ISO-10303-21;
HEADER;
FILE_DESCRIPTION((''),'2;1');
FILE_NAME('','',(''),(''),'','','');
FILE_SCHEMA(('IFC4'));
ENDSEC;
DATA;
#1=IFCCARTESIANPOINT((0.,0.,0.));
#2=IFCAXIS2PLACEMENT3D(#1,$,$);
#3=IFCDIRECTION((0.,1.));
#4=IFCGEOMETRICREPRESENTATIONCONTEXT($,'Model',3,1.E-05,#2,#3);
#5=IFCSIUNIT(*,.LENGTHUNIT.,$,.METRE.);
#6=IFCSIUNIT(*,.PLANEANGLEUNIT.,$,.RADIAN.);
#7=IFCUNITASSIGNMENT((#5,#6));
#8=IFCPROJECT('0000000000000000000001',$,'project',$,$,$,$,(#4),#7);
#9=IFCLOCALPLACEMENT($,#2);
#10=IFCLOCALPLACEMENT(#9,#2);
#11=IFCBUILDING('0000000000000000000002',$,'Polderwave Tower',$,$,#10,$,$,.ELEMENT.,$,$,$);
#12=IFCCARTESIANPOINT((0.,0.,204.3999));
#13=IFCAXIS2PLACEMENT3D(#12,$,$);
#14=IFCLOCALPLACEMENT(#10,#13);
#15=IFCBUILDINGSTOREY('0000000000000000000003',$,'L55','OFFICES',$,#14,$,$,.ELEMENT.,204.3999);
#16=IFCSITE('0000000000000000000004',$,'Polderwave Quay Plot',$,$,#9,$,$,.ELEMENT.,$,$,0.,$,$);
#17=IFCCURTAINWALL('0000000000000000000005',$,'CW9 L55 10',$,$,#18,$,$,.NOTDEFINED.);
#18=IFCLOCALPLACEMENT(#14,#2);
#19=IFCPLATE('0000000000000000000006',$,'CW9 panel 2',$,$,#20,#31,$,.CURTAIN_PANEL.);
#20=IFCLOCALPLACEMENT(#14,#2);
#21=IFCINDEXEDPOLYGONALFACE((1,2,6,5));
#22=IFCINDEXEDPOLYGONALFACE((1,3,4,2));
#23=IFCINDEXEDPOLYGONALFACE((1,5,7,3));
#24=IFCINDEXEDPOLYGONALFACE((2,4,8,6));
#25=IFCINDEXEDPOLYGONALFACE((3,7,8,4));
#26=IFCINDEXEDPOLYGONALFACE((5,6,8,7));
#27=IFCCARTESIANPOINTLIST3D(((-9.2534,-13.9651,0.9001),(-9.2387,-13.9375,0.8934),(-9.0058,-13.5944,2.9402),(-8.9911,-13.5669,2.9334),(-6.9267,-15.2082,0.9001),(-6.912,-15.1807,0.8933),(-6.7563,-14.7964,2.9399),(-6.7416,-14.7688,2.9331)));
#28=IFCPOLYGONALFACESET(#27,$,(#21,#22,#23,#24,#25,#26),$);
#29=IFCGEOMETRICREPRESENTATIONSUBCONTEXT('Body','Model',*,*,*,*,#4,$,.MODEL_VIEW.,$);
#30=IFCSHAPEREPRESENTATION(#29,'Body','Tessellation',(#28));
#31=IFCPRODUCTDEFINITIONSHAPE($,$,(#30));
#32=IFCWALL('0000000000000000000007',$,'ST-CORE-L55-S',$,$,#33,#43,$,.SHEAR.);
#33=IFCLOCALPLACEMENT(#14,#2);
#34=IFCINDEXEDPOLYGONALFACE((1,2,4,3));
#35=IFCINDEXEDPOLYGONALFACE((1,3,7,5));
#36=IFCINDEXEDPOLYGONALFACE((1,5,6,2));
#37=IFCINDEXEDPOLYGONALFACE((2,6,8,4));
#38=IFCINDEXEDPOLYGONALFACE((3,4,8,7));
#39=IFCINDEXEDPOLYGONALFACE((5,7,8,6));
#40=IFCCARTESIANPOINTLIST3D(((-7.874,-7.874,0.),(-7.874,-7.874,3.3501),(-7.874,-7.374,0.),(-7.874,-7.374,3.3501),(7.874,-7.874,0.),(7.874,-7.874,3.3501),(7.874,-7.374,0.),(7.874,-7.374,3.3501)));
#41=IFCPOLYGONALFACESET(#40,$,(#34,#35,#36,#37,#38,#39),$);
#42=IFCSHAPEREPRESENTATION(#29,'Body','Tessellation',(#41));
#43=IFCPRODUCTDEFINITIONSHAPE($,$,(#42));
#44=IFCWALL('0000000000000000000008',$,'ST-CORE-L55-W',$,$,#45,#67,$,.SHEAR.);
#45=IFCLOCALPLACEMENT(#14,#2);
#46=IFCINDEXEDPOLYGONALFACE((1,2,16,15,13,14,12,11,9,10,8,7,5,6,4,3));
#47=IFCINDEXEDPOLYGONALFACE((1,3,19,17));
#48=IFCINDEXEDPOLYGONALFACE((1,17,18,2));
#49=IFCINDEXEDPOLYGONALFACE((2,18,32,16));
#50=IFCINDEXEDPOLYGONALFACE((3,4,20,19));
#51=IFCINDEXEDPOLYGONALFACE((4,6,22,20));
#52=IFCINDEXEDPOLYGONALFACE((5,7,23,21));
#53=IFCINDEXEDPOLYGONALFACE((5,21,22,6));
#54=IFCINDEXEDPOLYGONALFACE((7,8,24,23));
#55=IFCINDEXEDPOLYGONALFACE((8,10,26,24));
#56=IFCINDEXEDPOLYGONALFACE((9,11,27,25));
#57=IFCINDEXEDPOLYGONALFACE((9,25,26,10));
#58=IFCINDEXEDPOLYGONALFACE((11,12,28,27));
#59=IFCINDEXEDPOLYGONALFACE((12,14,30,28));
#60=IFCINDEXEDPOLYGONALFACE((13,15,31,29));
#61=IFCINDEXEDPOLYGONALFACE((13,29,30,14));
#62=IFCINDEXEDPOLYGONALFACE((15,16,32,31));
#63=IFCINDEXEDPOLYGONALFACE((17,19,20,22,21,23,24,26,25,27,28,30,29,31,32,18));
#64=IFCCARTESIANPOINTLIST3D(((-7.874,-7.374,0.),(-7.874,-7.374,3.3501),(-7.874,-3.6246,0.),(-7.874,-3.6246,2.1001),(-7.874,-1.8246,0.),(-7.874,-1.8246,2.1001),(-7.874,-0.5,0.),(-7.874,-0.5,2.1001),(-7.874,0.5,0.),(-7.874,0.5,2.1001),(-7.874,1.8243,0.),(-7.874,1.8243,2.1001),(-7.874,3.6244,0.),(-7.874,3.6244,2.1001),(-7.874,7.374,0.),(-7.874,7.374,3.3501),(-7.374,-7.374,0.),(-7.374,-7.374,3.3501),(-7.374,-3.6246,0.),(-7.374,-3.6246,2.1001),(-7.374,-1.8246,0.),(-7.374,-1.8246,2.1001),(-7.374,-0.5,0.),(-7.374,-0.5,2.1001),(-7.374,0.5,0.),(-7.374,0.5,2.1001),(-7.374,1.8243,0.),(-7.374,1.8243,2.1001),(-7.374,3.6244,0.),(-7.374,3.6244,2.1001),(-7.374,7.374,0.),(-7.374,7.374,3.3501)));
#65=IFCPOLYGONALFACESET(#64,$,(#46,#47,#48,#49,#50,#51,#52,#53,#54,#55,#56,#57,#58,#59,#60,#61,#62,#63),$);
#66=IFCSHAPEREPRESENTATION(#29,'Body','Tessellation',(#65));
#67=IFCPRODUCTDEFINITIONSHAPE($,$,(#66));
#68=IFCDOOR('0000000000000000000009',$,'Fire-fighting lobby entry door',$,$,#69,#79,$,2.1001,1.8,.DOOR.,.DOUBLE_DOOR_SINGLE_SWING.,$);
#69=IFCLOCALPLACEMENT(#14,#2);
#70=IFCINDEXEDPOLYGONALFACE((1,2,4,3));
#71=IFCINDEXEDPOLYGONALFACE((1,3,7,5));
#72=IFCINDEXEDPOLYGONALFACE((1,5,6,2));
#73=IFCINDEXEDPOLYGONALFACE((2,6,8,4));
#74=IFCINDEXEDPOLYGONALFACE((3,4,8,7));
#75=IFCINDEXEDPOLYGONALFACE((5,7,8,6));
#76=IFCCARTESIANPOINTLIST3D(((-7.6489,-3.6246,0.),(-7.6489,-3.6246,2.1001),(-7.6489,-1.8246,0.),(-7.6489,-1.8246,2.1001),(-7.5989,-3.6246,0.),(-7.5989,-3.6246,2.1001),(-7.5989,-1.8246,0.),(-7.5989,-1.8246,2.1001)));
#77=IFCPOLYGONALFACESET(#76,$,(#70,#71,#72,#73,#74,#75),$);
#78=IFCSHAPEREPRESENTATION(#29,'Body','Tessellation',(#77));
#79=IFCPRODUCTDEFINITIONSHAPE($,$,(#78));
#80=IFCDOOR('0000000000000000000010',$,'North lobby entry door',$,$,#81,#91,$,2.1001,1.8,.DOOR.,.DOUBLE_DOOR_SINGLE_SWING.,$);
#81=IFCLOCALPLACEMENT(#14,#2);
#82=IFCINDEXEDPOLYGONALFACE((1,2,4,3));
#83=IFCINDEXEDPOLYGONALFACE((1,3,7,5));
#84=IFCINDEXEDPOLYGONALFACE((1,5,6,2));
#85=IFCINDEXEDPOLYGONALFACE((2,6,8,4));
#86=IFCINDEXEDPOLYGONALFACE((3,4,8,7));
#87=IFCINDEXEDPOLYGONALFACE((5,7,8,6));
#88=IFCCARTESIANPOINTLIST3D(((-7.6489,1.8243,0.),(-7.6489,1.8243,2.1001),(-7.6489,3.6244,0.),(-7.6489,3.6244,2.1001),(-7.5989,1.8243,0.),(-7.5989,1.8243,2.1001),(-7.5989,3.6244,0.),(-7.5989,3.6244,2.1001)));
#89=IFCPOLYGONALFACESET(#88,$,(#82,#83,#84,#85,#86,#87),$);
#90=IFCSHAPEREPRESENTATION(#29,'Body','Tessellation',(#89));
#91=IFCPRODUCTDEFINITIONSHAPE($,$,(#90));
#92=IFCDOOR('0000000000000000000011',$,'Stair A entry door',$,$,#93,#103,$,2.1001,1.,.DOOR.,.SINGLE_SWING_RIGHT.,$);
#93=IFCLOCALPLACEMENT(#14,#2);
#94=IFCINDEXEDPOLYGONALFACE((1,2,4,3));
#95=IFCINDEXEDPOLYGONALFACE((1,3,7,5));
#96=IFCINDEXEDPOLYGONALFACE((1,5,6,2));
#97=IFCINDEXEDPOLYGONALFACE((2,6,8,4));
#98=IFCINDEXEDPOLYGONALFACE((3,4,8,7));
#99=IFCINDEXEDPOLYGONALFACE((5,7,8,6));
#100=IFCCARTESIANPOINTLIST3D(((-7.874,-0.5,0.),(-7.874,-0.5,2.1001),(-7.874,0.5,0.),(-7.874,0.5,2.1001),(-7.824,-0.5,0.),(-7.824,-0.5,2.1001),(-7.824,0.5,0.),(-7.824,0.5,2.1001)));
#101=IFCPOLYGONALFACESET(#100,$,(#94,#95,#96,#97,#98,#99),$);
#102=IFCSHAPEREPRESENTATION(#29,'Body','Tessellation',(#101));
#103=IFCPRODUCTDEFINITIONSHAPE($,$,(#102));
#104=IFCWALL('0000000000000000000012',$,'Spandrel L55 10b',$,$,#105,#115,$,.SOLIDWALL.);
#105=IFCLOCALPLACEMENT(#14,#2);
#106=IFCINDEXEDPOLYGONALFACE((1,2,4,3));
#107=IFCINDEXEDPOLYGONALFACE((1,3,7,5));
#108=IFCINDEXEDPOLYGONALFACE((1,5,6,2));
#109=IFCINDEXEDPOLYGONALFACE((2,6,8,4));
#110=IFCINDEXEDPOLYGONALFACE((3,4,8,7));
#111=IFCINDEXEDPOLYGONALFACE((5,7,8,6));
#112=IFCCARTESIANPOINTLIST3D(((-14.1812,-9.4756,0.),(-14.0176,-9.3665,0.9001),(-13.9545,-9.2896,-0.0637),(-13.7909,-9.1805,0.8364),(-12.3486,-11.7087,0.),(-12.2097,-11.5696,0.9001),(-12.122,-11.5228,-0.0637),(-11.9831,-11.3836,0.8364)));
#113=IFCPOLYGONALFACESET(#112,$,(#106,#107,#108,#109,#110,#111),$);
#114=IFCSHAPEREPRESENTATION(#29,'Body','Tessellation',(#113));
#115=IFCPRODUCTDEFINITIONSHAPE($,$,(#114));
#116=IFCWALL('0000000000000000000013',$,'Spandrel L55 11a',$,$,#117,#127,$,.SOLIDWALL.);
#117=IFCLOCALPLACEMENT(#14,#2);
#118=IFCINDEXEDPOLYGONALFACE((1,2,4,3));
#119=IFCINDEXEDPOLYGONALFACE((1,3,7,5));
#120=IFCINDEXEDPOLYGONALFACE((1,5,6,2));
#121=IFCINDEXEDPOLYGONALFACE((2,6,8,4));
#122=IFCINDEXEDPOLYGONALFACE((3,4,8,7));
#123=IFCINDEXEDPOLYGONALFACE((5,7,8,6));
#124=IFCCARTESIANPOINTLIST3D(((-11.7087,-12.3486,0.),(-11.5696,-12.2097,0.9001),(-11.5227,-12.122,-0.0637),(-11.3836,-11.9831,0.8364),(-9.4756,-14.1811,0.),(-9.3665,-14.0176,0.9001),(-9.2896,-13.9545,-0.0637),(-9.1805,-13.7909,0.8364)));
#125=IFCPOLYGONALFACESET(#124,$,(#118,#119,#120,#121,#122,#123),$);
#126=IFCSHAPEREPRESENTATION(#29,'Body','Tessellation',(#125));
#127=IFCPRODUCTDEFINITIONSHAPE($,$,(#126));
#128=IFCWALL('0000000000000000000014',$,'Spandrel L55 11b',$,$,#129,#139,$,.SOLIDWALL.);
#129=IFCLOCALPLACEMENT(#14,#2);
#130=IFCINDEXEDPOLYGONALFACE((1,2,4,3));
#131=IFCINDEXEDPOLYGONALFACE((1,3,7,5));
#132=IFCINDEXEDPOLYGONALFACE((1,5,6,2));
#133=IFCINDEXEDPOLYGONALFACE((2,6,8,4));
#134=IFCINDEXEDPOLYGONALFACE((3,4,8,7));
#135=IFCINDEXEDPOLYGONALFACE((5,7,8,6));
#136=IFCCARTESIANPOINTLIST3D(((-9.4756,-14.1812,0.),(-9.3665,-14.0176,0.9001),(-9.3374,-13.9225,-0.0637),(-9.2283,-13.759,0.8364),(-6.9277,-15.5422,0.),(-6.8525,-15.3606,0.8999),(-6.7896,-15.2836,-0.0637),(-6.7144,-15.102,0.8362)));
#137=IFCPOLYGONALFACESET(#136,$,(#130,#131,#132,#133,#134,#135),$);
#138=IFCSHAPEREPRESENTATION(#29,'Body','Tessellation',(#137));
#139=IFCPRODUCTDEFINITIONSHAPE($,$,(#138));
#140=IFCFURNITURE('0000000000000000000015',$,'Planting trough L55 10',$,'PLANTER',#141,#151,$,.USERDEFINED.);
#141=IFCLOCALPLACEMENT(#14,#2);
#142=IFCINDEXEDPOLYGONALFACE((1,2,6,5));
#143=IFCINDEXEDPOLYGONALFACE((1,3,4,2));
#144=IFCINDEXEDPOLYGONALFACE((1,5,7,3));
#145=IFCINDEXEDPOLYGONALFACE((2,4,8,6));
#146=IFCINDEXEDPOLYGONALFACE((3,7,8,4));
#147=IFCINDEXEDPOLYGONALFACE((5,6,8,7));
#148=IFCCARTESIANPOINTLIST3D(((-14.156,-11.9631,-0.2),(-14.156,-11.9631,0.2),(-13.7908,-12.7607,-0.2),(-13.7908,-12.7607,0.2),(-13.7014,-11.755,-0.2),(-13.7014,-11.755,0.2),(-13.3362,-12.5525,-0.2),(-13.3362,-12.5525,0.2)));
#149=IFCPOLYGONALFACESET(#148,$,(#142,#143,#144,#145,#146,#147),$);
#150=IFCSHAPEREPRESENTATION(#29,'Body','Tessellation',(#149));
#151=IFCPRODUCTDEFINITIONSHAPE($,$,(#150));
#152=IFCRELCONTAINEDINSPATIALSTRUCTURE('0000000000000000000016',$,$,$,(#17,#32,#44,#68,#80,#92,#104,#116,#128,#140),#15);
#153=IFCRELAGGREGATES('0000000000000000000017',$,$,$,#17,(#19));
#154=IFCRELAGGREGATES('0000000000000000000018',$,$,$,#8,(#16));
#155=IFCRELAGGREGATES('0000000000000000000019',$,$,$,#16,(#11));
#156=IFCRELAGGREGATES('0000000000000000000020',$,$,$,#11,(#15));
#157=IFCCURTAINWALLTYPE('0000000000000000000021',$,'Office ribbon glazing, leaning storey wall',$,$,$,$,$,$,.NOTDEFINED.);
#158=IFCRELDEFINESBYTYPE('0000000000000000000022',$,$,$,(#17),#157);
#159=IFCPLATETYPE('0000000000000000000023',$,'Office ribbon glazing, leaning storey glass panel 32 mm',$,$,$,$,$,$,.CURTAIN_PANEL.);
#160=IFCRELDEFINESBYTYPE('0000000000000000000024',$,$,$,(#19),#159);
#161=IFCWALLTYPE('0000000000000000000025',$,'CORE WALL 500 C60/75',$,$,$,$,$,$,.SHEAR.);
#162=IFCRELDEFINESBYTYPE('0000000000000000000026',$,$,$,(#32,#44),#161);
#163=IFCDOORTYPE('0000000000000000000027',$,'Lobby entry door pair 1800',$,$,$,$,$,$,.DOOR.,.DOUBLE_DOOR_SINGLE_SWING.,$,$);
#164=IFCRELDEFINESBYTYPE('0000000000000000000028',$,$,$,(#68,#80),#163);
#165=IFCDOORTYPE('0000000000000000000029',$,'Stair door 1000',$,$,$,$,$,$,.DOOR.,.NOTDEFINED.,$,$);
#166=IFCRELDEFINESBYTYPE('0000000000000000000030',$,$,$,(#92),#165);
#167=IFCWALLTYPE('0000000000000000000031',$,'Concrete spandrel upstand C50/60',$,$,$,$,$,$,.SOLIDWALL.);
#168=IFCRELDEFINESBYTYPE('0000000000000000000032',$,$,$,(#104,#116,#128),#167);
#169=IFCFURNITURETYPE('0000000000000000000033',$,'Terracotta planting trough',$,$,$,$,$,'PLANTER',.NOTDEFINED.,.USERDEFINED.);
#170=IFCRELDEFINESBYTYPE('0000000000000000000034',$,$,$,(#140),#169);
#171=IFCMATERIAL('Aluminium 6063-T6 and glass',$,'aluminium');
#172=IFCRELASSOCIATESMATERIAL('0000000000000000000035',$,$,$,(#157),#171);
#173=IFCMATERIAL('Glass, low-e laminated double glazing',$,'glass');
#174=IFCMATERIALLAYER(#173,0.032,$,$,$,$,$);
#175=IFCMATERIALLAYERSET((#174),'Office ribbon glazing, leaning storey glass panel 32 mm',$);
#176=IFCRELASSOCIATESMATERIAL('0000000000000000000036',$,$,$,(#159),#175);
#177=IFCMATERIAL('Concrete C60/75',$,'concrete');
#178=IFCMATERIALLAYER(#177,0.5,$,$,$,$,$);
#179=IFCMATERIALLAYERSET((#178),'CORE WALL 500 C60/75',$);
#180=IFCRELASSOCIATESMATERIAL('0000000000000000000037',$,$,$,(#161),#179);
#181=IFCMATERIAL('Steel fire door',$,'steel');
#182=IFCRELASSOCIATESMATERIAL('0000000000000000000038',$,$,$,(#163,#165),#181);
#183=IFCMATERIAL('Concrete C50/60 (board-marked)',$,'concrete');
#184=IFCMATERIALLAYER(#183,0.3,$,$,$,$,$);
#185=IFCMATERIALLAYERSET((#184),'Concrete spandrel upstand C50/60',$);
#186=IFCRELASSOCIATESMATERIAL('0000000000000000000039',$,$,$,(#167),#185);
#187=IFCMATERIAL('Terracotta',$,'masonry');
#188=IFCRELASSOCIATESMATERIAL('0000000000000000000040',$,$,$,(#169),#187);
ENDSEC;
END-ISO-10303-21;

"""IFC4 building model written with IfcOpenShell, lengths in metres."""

from ifc_helpers import new_model, si_unit, direction, frame, frame_2d, origin, origin_2d, place, context, subcontext, project, spatial, polyline, rectangle, outline, extrude, material, layer, layer_set, type_object, element, fill, aggregate, save


model = new_model("IFC4")

# Units and contexts
model_context = context("Model", 3, precision=1e-05, world=origin(), true_north=direction((0.0, 1.0)))
body_context = subcontext(model_context, "Body", "Model", "MODEL_VIEW")
ifc_project = project(units=[si_unit("LENGTHUNIT", "METRE"), si_unit("PLANEANGLEUNIT", "RADIAN")], contexts=[model_context])

# Site, building, storey
site_placement = place(None, origin())
site = spatial("IfcSite", under=ifc_project, at=site_placement, Name="Polderwave Quay Plot", CompositionType="ELEMENT", RefElevation=0.0)
building_placement = place(site_placement, origin())
building = spatial("IfcBuilding", under=site, at=building_placement, Name="Polderwave Tower", CompositionType="ELEMENT")
storey_placement = place(building_placement, frame((0.0, 0.0, 204.3999)))
storey = spatial("IfcBuildingStorey", under=building, at=storey_placement, Name="L55", Description="OFFICES", CompositionType="ELEMENT", Elevation=204.3999)

# Shared definitions
ifc_material_1 = material(Name="Concrete C60/75", Category="concrete")

# Curtain wall
ifc_material_2 = material(Name="Aluminium 6063-T6 and glass", Category="aluminium")
curtain_wall_type = type_object("IfcCurtainWallType", Name="Office ribbon glazing, leaning storey wall", PredefinedType="NOTDEFINED", material=ifc_material_2)
curtain_wall_1_placement = place(storey_placement, origin())
curtain_wall_1 = element("IfcCurtainWall", 1, at=curtain_wall_1_placement, inside=storey, type_object=curtain_wall_type, Name="CW9 L55 10", PredefinedType="NOTDEFINED")

# Plate
ifc_material_3 = material(Name="Glass, low-e laminated double glazing", Category="glass")
ifc_layer_1 = layer(ifc_material_3, 0.032)
ifc_layer_set_1 = layer_set([ifc_layer_1], Name="Office ribbon glazing, leaning storey glass panel 32 mm")
plate_type = type_object("IfcPlateType", Name="Office ribbon glazing, leaning storey glass panel 32 mm", PredefinedType="CURTAIN_PANEL", material=ifc_layer_set_1)
plate_1_placement = place(storey_placement, frame((-9.2534, -13.9651, 0.9001), z_axis=(-0.460486, -0.861863, 0.212472), x_axis=(0.882002, -0.471246, -0.000003)))
plate_1 = element("IfcPlate", 2, at=plate_1_placement, type_object=plate_type, Name="CW9 panel 2", PredefinedType="CURTAIN_PANEL", context=body_context, shape_type="SweptSolid", body=[
    extrude(outline(polyline([(0.0, 0.0), (2.638, 0.0), (2.5942, 2.0875), (0.0437, 2.0877), (0.0, 0.0)])), origin(), (0.0, 0.0, -1.0), 0.032),
])
aggregate(curtain_wall_1, [plate_1])

# Wall
ifc_layer_2 = layer(ifc_material_1, 0.5)
ifc_layer_set_2 = layer_set([ifc_layer_2], Name="CORE WALL 500 C60/75")
wall_type_1 = type_object("IfcWallType", Name="CORE WALL 500 C60/75", PredefinedType="SHEAR", material=ifc_layer_set_2)
wall_1_placement = place(storey_placement, frame((-7.874, -7.624, 0.0), z_axis=(0.0, 0.0, 1.0), x_axis=(1.0, 0.0, 0.0)))
element("IfcWall", 3, at=wall_1_placement, inside=storey, type_object=wall_type_1, Name="ST-CORE-L55-S", PredefinedType="SHEAR", context=body_context, shape_type="SweptSolid", body=[
    extrude(rectangle(XDim=15.748, YDim=0.5, at=frame_2d((7.874, 0.0))), origin(), (0.0, 0.0, 1.0), 3.3501),
])

# Wall, openings, doors
wall_2_placement = place(storey_placement, frame((-7.624, -7.374, 0.0), z_axis=(0.0, 0.0, 1.0), x_axis=(0.0, 1.0, 0.0)))
wall_2 = element("IfcWall", 4, at=wall_2_placement, inside=storey, type_object=wall_type_1, Name="ST-CORE-L55-W", PredefinedType="SHEAR", context=body_context, shape_type="SweptSolid", body=[
    extrude(rectangle(XDim=14.748, YDim=0.5, at=frame_2d((7.374, 0.0))), origin(), (0.0, 0.0, 1.0), 3.3501),
])
opening_1_placement = place(wall_2_placement, frame((6.874, 0.0, 0.0)))
opening_1 = element("IfcOpeningElement", 5, at=opening_1_placement, cuts=wall_2, PredefinedType="OPENING", context=body_context, shape_type="SweptSolid", body=[
    extrude(rectangle(XDim=1.0, YDim=2.1001, at=frame_2d((0.5, 1.05))), frame((0.0, 0.26, 0.0), z_axis=(0.0, -1.0, 0.0), x_axis=(1.0, 0.0, 0.0)), (0.0, 0.0, 1.0), 0.52),
])
opening_2_placement = place(wall_2_placement, frame((3.7495, 0.0, 0.0)))
opening_2 = element("IfcOpeningElement", 6, at=opening_2_placement, cuts=wall_2, PredefinedType="OPENING", context=body_context, shape_type="SweptSolid", body=[
    extrude(rectangle(XDim=1.8, YDim=2.1001, at=frame_2d((0.8999, 1.05))), frame((0.0, 0.26, 0.0), z_axis=(0.0, -1.0, 0.0), x_axis=(1.0, 0.0, 0.0)), (0.0, 0.0, 1.0), 0.52),
])
opening_3_placement = place(wall_2_placement, frame((9.1985, 0.0, 0.0)))
opening_3 = element("IfcOpeningElement", 7, at=opening_3_placement, cuts=wall_2, PredefinedType="OPENING", context=body_context, shape_type="SweptSolid", body=[
    extrude(rectangle(XDim=1.8, YDim=2.1001, at=frame_2d((0.8999, 1.05))), frame((0.0, 0.26, 0.0), z_axis=(0.0, -1.0, 0.0), x_axis=(1.0, 0.0, 0.0)), (0.0, 0.0, 1.0), 0.52),
])
ifc_material_4 = material(Name="Steel fire door", Category="steel")
door_type_1 = type_object("IfcDoorType", Name="Lobby entry door pair 1800", OperationType="DOUBLE_DOOR_SINGLE_SWING", PredefinedType="DOOR", material=ifc_material_4)
door_1_placement = place(opening_2_placement, origin())
door_1 = element("IfcDoor", 8, at=door_1_placement, inside=storey, type_object=door_type_1, Name="Fire-fighting lobby entry door", OperationType="DOUBLE_DOOR_SINGLE_SWING", OverallHeight=2.1001, OverallWidth=1.8, PredefinedType="DOOR", context=body_context, shape_type="SweptSolid", body=[
    extrude(rectangle(XDim=1.8, YDim=2.1001, at=frame_2d((0.8999, 1.05))), frame((0.0, 0.0249, 0.0), z_axis=(0.0, -1.0, 0.0), x_axis=(1.0, 0.0, 0.0)), (0.0, 0.0, 1.0), 0.05),
])
fill(opening_2, door_1)
door_2_placement = place(opening_3_placement, origin())
door_2 = element("IfcDoor", 9, at=door_2_placement, inside=storey, type_object=door_type_1, Name="North lobby entry door", OperationType="DOUBLE_DOOR_SINGLE_SWING", OverallHeight=2.1001, OverallWidth=1.8, PredefinedType="DOOR", context=body_context, shape_type="SweptSolid", body=[
    extrude(rectangle(XDim=1.8, YDim=2.1001, at=frame_2d((0.8999, 1.05))), frame((0.0, 0.0249, 0.0), z_axis=(0.0, -1.0, 0.0), x_axis=(1.0, 0.0, 0.0)), (0.0, 0.0, 1.0), 0.05),
])
fill(opening_3, door_2)
door_type_2 = type_object("IfcDoorType", Name="Stair door 1000", OperationType="NOTDEFINED", PredefinedType="DOOR", material=ifc_material_4)
door_3_placement = place(opening_1_placement, origin())
door_3 = element("IfcDoor", 10, at=door_3_placement, inside=storey, type_object=door_type_2, Name="Stair A entry door", OperationType="SINGLE_SWING_RIGHT", OverallHeight=2.1001, OverallWidth=1.0, PredefinedType="DOOR", context=body_context, shape_type="SweptSolid", body=[
    extrude(rectangle(XDim=1.0, YDim=2.1001, at=frame_2d((0.5, 1.05))), frame((0.0, 0.25, 0.0), z_axis=(0.0, -1.0, 0.0), x_axis=(1.0, 0.0, 0.0)), (0.0, 0.0, 1.0), 0.05),
])
fill(opening_1, door_3)

# Walls
ifc_material_5 = material(Name="Concrete C50/60 (board-marked)", Category="concrete")
ifc_layer_3 = layer(ifc_material_5, 0.3)
ifc_layer_set_3 = layer_set([ifc_layer_3], Name="Concrete spandrel upstand C50/60")
wall_type_2 = type_object("IfcWallType", Name="Concrete spandrel upstand C50/60", PredefinedType="SOLIDWALL", material=ifc_layer_set_3)
wall_3_placement = place(storey_placement, frame((-14.1812, -9.4756, 0.0), z_axis=(-0.755401, -0.619877, 0.212416), x_axis=(0.634354, -0.773043, 0.0)))
element("IfcWall", 11, at=wall_3_placement, inside=storey, type_object=wall_type_2, Name="Spandrel L55 10b", PredefinedType="SOLIDWALL", context=body_context, shape_type="SweptSolid", body=[
    extrude(outline(polyline([(0.0, 0.0), (2.8888, 0.0), (2.8693, 0.9212), (0.0194, 0.9212), (0.0, 0.0)])), origin(), (0.0, 0.0, -1.0), 0.3),
])
wall_4_placement = place(storey_placement, frame((-11.7087, -12.3486, 0.0), z_axis=(-0.619877, -0.755401, 0.212416), x_axis=(0.773043, -0.634354, 0.0)))
element("IfcWall", 12, at=wall_4_placement, inside=storey, type_object=wall_type_2, Name="Spandrel L55 11a", PredefinedType="SOLIDWALL", context=body_context, shape_type="SweptSolid", body=[
    extrude(outline(polyline([(0.0, 0.0), (2.8888, 0.0), (2.8694, 0.9212), (0.0195, 0.9212), (0.0, 0.0)])), origin(), (0.0, 0.0, -1.0), 0.3),
])
wall_5_placement = place(storey_placement, frame((-9.4756, -14.1812, 0.0), z_axis=(-0.460434, -0.861898, 0.212444), x_axis=(0.882032, -0.471189, 0.0)))
element("IfcWall", 13, at=wall_5_placement, inside=storey, type_object=wall_type_2, Name="Spandrel L55 11b", PredefinedType="SOLIDWALL", context=body_context, shape_type="SweptSolid", body=[
    extrude(outline(polyline([(0.0, 0.0), (2.8886, 0.0), (2.8694, 0.9209), (0.0192, 0.9212), (0.0, 0.0)])), origin(), (0.0, 0.0, -1.0), 0.3),
])

# Furniture
ifc_material_6 = material(Name="Terracotta", Category="masonry")
furniture_type = type_object("IfcFurnitureType", Name="Terracotta planting trough", ElementType="PLANTER", AssemblyPlace="NOTDEFINED", PredefinedType="USERDEFINED", material=ifc_material_6)
furniture_placement = place(storey_placement, frame((-13.7461, -12.2578, -0.2), z_axis=(0.0, 0.0, 1.0), x_axis=(0.416278, -0.909238, 0.0)))
element("IfcFurniture", 14, at=furniture_placement, inside=storey, type_object=furniture_type, Name="Planting trough L55 10", ObjectType="PLANTER", PredefinedType="USERDEFINED", context=body_context, shape_type="SweptSolid", body=[
    extrude(rectangle(XDim=0.8772, YDim=0.5, at=origin_2d()), origin(), (0.0, 0.0, 1.0), 0.3999),
])

save(model, "model.ifc")
